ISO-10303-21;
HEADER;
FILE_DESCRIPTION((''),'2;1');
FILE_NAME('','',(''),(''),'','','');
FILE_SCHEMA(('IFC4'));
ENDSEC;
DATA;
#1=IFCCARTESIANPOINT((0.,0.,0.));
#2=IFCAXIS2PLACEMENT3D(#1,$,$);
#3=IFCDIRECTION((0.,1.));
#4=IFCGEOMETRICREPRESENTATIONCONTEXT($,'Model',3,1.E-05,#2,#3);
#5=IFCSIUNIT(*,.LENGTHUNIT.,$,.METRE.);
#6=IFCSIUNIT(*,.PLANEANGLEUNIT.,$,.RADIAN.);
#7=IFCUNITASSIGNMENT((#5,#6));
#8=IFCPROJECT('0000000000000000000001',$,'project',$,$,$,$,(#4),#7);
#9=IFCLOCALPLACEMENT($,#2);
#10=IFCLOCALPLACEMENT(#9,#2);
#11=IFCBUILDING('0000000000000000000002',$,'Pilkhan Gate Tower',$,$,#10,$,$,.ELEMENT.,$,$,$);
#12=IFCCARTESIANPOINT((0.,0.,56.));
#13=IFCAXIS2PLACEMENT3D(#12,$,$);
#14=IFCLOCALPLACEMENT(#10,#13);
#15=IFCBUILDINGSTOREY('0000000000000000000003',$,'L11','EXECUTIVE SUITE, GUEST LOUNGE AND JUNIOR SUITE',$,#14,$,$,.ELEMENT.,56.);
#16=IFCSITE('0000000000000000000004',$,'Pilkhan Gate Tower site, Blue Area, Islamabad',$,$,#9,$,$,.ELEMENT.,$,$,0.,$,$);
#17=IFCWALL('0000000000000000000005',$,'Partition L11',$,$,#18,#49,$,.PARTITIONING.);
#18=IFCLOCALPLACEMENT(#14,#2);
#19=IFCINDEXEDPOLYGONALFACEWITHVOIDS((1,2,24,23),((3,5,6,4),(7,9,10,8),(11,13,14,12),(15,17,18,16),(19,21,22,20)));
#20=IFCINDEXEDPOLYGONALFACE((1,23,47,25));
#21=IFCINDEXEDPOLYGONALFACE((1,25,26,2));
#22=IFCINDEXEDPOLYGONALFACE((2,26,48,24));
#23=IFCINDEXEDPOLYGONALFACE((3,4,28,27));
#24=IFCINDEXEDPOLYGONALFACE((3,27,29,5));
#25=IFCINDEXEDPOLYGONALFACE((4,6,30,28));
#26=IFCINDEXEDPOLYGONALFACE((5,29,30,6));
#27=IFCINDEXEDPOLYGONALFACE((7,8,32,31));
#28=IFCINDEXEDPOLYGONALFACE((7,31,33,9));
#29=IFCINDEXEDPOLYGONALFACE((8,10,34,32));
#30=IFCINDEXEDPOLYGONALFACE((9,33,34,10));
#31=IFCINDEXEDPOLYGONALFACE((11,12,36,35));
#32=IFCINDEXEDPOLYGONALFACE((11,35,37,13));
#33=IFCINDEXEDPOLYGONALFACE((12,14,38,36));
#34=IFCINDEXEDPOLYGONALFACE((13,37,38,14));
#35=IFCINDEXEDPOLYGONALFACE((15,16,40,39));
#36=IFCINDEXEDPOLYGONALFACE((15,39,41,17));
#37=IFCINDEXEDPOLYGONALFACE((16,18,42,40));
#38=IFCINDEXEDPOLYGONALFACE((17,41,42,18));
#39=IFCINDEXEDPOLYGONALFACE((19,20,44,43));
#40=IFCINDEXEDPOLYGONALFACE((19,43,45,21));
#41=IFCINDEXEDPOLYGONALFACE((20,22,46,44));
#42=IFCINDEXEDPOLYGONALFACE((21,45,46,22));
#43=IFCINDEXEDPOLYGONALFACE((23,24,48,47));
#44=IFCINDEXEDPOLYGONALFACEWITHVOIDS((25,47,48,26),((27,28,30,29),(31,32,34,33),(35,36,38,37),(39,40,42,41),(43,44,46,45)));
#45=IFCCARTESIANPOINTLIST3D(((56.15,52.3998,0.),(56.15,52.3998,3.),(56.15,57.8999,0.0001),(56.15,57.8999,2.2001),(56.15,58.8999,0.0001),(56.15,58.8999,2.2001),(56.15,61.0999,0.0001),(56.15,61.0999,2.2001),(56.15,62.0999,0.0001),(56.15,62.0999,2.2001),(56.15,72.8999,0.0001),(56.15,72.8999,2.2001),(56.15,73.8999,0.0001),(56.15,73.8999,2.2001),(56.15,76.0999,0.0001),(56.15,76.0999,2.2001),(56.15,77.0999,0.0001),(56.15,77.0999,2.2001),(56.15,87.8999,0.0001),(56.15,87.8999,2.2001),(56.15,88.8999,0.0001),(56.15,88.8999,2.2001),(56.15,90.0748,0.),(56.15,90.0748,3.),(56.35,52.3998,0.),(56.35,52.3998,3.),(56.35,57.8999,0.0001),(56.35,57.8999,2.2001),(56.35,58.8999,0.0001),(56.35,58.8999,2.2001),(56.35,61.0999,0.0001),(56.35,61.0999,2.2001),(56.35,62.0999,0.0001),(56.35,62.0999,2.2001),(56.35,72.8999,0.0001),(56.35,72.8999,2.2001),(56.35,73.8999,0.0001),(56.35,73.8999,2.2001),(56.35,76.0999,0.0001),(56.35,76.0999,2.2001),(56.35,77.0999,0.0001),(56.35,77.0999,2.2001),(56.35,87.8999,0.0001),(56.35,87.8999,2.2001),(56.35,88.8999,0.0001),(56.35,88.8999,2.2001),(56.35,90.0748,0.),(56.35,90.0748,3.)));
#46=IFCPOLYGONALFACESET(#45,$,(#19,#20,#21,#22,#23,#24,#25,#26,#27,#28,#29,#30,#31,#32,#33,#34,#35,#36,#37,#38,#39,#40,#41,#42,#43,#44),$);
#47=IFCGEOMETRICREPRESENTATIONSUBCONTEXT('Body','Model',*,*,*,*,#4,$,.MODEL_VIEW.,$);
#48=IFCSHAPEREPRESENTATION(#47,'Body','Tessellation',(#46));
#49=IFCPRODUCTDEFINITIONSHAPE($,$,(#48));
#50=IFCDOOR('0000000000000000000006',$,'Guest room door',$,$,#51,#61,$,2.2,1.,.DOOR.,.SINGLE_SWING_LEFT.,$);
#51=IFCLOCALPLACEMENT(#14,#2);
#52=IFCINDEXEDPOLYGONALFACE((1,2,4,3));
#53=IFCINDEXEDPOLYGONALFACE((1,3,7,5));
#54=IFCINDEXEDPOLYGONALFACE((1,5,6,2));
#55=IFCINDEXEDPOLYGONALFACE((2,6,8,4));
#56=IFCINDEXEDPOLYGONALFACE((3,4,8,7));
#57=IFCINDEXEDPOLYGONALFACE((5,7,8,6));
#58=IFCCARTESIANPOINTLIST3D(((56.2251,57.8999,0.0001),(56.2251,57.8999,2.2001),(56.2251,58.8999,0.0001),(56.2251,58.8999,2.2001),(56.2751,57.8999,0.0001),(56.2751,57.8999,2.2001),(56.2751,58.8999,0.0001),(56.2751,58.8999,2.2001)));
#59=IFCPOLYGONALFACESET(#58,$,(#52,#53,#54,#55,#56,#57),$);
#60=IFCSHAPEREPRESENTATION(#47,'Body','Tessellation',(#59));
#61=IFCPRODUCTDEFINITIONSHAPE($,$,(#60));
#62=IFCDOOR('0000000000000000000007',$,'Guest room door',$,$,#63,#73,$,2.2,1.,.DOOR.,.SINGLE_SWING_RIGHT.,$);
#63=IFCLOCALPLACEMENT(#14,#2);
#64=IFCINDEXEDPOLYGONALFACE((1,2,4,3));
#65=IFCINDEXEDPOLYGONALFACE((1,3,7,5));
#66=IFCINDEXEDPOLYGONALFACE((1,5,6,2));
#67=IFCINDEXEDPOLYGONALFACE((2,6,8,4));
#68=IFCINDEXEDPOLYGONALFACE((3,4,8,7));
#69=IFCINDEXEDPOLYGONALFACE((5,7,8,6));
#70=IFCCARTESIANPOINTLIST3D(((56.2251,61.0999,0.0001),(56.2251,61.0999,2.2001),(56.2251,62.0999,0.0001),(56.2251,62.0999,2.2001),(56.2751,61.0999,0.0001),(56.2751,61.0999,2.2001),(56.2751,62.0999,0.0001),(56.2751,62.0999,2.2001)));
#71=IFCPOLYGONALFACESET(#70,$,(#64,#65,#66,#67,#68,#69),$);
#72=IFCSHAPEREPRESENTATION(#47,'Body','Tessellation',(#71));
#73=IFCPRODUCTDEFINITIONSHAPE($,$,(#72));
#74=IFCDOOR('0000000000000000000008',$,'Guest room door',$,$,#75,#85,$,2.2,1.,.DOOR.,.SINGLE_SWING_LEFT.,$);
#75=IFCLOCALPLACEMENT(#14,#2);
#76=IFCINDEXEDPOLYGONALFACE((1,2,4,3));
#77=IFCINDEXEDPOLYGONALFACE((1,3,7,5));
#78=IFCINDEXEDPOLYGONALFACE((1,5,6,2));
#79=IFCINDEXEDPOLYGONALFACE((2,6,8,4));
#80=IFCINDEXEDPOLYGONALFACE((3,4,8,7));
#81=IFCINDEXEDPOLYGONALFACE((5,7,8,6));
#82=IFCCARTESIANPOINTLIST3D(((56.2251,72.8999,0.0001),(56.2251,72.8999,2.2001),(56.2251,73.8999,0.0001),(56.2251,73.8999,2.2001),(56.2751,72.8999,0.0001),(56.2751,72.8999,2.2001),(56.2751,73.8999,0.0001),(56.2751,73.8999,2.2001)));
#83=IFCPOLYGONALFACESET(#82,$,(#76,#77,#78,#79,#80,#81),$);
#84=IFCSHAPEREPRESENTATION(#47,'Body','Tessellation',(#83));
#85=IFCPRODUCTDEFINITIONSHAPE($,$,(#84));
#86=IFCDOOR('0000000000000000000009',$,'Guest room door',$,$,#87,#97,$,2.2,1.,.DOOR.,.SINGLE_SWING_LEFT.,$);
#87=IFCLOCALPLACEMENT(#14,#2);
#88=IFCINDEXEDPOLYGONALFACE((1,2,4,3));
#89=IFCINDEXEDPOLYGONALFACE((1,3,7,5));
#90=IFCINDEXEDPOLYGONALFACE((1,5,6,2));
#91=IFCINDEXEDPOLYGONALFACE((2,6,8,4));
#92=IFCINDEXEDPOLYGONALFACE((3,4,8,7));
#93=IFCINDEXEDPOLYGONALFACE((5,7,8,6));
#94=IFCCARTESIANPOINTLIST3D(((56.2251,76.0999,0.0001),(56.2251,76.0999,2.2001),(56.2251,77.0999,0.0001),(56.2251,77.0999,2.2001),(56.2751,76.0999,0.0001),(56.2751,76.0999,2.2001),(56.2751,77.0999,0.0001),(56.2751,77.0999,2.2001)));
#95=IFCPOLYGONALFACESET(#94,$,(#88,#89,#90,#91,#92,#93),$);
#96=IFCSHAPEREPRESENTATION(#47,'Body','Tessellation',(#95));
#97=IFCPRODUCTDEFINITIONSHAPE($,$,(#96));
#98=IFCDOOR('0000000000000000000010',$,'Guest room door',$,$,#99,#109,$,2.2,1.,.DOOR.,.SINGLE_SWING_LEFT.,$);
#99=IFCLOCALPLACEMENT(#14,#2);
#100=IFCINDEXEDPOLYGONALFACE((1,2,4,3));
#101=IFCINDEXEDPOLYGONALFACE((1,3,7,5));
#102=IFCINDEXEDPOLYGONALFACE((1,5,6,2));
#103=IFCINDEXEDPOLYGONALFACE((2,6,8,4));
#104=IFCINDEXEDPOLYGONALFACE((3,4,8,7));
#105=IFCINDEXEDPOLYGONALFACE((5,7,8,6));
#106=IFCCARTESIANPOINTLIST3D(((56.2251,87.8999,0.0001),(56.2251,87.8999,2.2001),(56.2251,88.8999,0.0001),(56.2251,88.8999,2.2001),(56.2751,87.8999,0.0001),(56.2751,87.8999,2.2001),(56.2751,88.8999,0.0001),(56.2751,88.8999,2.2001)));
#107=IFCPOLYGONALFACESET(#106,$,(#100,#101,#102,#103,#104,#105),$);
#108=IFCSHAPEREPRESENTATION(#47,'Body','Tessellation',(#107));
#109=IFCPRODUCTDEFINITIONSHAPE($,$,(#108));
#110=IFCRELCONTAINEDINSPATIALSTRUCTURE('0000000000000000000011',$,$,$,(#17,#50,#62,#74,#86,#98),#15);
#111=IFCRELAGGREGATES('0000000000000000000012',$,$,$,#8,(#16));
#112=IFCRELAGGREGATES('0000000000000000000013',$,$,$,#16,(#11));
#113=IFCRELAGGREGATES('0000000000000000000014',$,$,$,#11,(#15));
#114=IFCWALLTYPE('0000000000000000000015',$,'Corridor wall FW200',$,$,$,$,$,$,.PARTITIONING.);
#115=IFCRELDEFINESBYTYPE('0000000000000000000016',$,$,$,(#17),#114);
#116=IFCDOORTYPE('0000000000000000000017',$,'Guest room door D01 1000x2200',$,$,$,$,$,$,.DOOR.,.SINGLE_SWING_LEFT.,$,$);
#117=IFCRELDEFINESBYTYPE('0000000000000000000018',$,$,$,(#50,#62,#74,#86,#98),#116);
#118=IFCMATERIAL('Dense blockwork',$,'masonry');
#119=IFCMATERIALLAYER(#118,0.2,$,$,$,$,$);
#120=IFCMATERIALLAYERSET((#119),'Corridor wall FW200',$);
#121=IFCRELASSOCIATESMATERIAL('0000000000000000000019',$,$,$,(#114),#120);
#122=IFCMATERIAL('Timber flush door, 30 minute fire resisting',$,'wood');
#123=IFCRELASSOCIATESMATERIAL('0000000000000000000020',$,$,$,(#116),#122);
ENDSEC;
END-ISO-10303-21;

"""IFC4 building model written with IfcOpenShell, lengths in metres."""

from ifc_helpers import new_model, si_unit, direction, frame, frame_2d, origin, place, context, subcontext, project, spatial, rectangle, extrude, material, layer, layer_set, type_object, element, fill, save


model = new_model("IFC4")

# Units and contexts
model_context = context("Model", 3, precision=1e-05, world=origin(), true_north=direction((0.0, 1.0)))
body_context = subcontext(model_context, "Body", "Model", "MODEL_VIEW")
ifc_project = project(units=[si_unit("LENGTHUNIT", "METRE"), si_unit("PLANEANGLEUNIT", "RADIAN")], contexts=[model_context])

# Site, building, storey
site_placement = place(None, origin())
site = spatial("IfcSite", under=ifc_project, at=site_placement, Name="Pilkhan Gate Tower site, Blue Area, Islamabad", CompositionType="ELEMENT", RefElevation=0.0)
building_placement = place(site_placement, origin())
building = spatial("IfcBuilding", under=site, at=building_placement, Name="Pilkhan Gate Tower", CompositionType="ELEMENT")
storey_placement = place(building_placement, frame((0.0, 0.0, 56.0)))
storey = spatial("IfcBuildingStorey", under=building, at=storey_placement, Name="L11", Description="EXECUTIVE SUITE, GUEST LOUNGE AND JUNIOR SUITE", CompositionType="ELEMENT", Elevation=56.0)

# Wall, openings, doors
ifc_material_1 = material(Name="Dense blockwork", Category="masonry")
ifc_layer_1 = layer(ifc_material_1, 0.2)
ifc_layer_set_1 = layer_set([ifc_layer_1], Name="Corridor wall FW200")
wall_type_1 = type_object("IfcWallType", Name="Corridor wall FW200", PredefinedType="PARTITIONING", material=ifc_layer_set_1)
ifc_material_2 = material(Name="Timber flush door, 30 minute fire resisting", Category="wood")
wall_1_placement = place(storey_placement, frame((56.25, 52.3999, 0.0), z_axis=(0.0, 0.0, 1.0), x_axis=(0.0, 1.0, 0.0)))
wall_1 = element("IfcWall", 1, at=wall_1_placement, inside=storey, type_object=wall_type_1, Name="Partition L11", PredefinedType="PARTITIONING", context=body_context, shape_type="SweptSolid", body=[
    extrude(rectangle(XDim=37.675, YDim=0.2, at=frame_2d((18.8374, 0.0))), origin(), (0.0, 0.0, 1.0), 3.0),
])
opening_1_placement = place(wall_1_placement, frame((5.5, 0.0, 0.0)))
opening_1 = element("IfcOpeningElement", 2, at=opening_1_placement, cuts=wall_1, PredefinedType="OPENING", context=body_context, shape_type="SweptSolid", body=[
    extrude(rectangle(XDim=1.0, YDim=2.2, at=frame_2d((0.5, 1.1001))), frame((0.0, 0.1099, 0.0), z_axis=(0.0, -1.0, 0.0), x_axis=(1.0, 0.0, 0.0)), (0.0, 0.0, 1.0), 0.22),
])
opening_2_placement = place(wall_1_placement, frame((8.7, 0.0, 0.0)))
opening_2 = element("IfcOpeningElement", 3, at=opening_2_placement, cuts=wall_1, PredefinedType="OPENING", context=body_context, shape_type="SweptSolid", body=[
    extrude(rectangle(XDim=1.0, YDim=2.2, at=frame_2d((0.5, 1.1001))), frame((0.0, 0.1099, 0.0), z_axis=(0.0, -1.0, 0.0), x_axis=(1.0, 0.0, 0.0)), (0.0, 0.0, 1.0), 0.22),
])
opening_3_placement = place(wall_1_placement, frame((20.5, 0.0, 0.0)))
opening_3 = element("IfcOpeningElement", 4, at=opening_3_placement, cuts=wall_1, PredefinedType="OPENING", context=body_context, shape_type="SweptSolid", body=[
    extrude(rectangle(XDim=1.0, YDim=2.2, at=frame_2d((0.5, 1.1001))), frame((0.0, 0.1099, 0.0), z_axis=(0.0, -1.0, 0.0), x_axis=(1.0, 0.0, 0.0)), (0.0, 0.0, 1.0), 0.22),
])
opening_4_placement = place(wall_1_placement, frame((23.7, 0.0, 0.0)))
opening_4 = element("IfcOpeningElement", 5, at=opening_4_placement, cuts=wall_1, PredefinedType="OPENING", context=body_context, shape_type="SweptSolid", body=[
    extrude(rectangle(XDim=1.0, YDim=2.2, at=frame_2d((0.5, 1.1001))), frame((0.0, 0.1099, 0.0), z_axis=(0.0, -1.0, 0.0), x_axis=(1.0, 0.0, 0.0)), (0.0, 0.0, 1.0), 0.22),
])
opening_5_placement = place(wall_1_placement, frame((35.5, 0.0, 0.0)))
opening_5 = element("IfcOpeningElement", 6, at=opening_5_placement, cuts=wall_1, PredefinedType="OPENING", context=body_context, shape_type="SweptSolid", body=[
    extrude(rectangle(XDim=1.0, YDim=2.2, at=frame_2d((0.5, 1.1001))), frame((0.0, 0.1099, 0.0), z_axis=(0.0, -1.0, 0.0), x_axis=(1.0, 0.0, 0.0)), (0.0, 0.0, 1.0), 0.22),
])
door_type_1 = type_object("IfcDoorType", Name="Guest room door D01 1000x2200", OperationType="SINGLE_SWING_LEFT", PredefinedType="DOOR", material=ifc_material_2)
door_1_placement = place(opening_1_placement, origin())
door_1 = element("IfcDoor", 7, at=door_1_placement, inside=storey, type_object=door_type_1, Name="Guest room door", OperationType="SINGLE_SWING_LEFT", OverallHeight=2.2, OverallWidth=1.0, PredefinedType="DOOR", context=body_context, shape_type="SweptSolid", body=[
    extrude(rectangle(XDim=1.0, YDim=2.2, at=frame_2d((0.5, 1.1001))), frame((0.0, 0.0249, 0.0), z_axis=(0.0, -1.0, 0.0), x_axis=(1.0, 0.0, 0.0)), (0.0, 0.0, 1.0), 0.05),
])
fill(opening_1, door_1)
door_2_placement = place(opening_2_placement, origin())
door_2 = element("IfcDoor", 8, at=door_2_placement, inside=storey, type_object=door_type_1, Name="Guest room door", OperationType="SINGLE_SWING_RIGHT", OverallHeight=2.2, OverallWidth=1.0, PredefinedType="DOOR", context=body_context, shape_type="SweptSolid", body=[
    extrude(rectangle(XDim=1.0, YDim=2.2, at=frame_2d((0.5, 1.1001))), frame((0.0, 0.0249, 0.0), z_axis=(0.0, -1.0, 0.0), x_axis=(1.0, 0.0, 0.0)), (0.0, 0.0, 1.0), 0.05),
])
fill(opening_2, door_2)
door_3_placement = place(opening_3_placement, origin())
door_3 = element("IfcDoor", 9, at=door_3_placement, inside=storey, type_object=door_type_1, Name="Guest room door", OperationType="SINGLE_SWING_LEFT", OverallHeight=2.2, OverallWidth=1.0, PredefinedType="DOOR", context=body_context, shape_type="SweptSolid", body=[
    extrude(rectangle(XDim=1.0, YDim=2.2, at=frame_2d((0.5, 1.1001))), frame((0.0, 0.0249, 0.0), z_axis=(0.0, -1.0, 0.0), x_axis=(1.0, 0.0, 0.0)), (0.0, 0.0, 1.0), 0.05),
])
fill(opening_3, door_3)
door_4_placement = place(opening_4_placement, origin())
door_4 = element("IfcDoor", 10, at=door_4_placement, inside=storey, type_object=door_type_1, Name="Guest room door", OperationType="SINGLE_SWING_LEFT", OverallHeight=2.2, OverallWidth=1.0, PredefinedType="DOOR", context=body_context, shape_type="SweptSolid", body=[
    extrude(rectangle(XDim=1.0, YDim=2.2, at=frame_2d((0.5, 1.1001))), frame((0.0, 0.0249, 0.0), z_axis=(0.0, -1.0, 0.0), x_axis=(1.0, 0.0, 0.0)), (0.0, 0.0, 1.0), 0.05),
])
fill(opening_4, door_4)
door_5_placement = place(opening_5_placement, origin())
door_5 = element("IfcDoor", 11, at=door_5_placement, inside=storey, type_object=door_type_1, Name="Guest room door", OperationType="SINGLE_SWING_LEFT", OverallHeight=2.2, OverallWidth=1.0, PredefinedType="DOOR", context=body_context, shape_type="SweptSolid", body=[
    extrude(rectangle(XDim=1.0, YDim=2.2, at=frame_2d((0.5, 1.1001))), frame((0.0, 0.0249, 0.0), z_axis=(0.0, -1.0, 0.0), x_axis=(1.0, 0.0, 0.0)), (0.0, 0.0, 1.0), 0.05),
])
fill(opening_5, door_5)

save(model, "model.ifc")
